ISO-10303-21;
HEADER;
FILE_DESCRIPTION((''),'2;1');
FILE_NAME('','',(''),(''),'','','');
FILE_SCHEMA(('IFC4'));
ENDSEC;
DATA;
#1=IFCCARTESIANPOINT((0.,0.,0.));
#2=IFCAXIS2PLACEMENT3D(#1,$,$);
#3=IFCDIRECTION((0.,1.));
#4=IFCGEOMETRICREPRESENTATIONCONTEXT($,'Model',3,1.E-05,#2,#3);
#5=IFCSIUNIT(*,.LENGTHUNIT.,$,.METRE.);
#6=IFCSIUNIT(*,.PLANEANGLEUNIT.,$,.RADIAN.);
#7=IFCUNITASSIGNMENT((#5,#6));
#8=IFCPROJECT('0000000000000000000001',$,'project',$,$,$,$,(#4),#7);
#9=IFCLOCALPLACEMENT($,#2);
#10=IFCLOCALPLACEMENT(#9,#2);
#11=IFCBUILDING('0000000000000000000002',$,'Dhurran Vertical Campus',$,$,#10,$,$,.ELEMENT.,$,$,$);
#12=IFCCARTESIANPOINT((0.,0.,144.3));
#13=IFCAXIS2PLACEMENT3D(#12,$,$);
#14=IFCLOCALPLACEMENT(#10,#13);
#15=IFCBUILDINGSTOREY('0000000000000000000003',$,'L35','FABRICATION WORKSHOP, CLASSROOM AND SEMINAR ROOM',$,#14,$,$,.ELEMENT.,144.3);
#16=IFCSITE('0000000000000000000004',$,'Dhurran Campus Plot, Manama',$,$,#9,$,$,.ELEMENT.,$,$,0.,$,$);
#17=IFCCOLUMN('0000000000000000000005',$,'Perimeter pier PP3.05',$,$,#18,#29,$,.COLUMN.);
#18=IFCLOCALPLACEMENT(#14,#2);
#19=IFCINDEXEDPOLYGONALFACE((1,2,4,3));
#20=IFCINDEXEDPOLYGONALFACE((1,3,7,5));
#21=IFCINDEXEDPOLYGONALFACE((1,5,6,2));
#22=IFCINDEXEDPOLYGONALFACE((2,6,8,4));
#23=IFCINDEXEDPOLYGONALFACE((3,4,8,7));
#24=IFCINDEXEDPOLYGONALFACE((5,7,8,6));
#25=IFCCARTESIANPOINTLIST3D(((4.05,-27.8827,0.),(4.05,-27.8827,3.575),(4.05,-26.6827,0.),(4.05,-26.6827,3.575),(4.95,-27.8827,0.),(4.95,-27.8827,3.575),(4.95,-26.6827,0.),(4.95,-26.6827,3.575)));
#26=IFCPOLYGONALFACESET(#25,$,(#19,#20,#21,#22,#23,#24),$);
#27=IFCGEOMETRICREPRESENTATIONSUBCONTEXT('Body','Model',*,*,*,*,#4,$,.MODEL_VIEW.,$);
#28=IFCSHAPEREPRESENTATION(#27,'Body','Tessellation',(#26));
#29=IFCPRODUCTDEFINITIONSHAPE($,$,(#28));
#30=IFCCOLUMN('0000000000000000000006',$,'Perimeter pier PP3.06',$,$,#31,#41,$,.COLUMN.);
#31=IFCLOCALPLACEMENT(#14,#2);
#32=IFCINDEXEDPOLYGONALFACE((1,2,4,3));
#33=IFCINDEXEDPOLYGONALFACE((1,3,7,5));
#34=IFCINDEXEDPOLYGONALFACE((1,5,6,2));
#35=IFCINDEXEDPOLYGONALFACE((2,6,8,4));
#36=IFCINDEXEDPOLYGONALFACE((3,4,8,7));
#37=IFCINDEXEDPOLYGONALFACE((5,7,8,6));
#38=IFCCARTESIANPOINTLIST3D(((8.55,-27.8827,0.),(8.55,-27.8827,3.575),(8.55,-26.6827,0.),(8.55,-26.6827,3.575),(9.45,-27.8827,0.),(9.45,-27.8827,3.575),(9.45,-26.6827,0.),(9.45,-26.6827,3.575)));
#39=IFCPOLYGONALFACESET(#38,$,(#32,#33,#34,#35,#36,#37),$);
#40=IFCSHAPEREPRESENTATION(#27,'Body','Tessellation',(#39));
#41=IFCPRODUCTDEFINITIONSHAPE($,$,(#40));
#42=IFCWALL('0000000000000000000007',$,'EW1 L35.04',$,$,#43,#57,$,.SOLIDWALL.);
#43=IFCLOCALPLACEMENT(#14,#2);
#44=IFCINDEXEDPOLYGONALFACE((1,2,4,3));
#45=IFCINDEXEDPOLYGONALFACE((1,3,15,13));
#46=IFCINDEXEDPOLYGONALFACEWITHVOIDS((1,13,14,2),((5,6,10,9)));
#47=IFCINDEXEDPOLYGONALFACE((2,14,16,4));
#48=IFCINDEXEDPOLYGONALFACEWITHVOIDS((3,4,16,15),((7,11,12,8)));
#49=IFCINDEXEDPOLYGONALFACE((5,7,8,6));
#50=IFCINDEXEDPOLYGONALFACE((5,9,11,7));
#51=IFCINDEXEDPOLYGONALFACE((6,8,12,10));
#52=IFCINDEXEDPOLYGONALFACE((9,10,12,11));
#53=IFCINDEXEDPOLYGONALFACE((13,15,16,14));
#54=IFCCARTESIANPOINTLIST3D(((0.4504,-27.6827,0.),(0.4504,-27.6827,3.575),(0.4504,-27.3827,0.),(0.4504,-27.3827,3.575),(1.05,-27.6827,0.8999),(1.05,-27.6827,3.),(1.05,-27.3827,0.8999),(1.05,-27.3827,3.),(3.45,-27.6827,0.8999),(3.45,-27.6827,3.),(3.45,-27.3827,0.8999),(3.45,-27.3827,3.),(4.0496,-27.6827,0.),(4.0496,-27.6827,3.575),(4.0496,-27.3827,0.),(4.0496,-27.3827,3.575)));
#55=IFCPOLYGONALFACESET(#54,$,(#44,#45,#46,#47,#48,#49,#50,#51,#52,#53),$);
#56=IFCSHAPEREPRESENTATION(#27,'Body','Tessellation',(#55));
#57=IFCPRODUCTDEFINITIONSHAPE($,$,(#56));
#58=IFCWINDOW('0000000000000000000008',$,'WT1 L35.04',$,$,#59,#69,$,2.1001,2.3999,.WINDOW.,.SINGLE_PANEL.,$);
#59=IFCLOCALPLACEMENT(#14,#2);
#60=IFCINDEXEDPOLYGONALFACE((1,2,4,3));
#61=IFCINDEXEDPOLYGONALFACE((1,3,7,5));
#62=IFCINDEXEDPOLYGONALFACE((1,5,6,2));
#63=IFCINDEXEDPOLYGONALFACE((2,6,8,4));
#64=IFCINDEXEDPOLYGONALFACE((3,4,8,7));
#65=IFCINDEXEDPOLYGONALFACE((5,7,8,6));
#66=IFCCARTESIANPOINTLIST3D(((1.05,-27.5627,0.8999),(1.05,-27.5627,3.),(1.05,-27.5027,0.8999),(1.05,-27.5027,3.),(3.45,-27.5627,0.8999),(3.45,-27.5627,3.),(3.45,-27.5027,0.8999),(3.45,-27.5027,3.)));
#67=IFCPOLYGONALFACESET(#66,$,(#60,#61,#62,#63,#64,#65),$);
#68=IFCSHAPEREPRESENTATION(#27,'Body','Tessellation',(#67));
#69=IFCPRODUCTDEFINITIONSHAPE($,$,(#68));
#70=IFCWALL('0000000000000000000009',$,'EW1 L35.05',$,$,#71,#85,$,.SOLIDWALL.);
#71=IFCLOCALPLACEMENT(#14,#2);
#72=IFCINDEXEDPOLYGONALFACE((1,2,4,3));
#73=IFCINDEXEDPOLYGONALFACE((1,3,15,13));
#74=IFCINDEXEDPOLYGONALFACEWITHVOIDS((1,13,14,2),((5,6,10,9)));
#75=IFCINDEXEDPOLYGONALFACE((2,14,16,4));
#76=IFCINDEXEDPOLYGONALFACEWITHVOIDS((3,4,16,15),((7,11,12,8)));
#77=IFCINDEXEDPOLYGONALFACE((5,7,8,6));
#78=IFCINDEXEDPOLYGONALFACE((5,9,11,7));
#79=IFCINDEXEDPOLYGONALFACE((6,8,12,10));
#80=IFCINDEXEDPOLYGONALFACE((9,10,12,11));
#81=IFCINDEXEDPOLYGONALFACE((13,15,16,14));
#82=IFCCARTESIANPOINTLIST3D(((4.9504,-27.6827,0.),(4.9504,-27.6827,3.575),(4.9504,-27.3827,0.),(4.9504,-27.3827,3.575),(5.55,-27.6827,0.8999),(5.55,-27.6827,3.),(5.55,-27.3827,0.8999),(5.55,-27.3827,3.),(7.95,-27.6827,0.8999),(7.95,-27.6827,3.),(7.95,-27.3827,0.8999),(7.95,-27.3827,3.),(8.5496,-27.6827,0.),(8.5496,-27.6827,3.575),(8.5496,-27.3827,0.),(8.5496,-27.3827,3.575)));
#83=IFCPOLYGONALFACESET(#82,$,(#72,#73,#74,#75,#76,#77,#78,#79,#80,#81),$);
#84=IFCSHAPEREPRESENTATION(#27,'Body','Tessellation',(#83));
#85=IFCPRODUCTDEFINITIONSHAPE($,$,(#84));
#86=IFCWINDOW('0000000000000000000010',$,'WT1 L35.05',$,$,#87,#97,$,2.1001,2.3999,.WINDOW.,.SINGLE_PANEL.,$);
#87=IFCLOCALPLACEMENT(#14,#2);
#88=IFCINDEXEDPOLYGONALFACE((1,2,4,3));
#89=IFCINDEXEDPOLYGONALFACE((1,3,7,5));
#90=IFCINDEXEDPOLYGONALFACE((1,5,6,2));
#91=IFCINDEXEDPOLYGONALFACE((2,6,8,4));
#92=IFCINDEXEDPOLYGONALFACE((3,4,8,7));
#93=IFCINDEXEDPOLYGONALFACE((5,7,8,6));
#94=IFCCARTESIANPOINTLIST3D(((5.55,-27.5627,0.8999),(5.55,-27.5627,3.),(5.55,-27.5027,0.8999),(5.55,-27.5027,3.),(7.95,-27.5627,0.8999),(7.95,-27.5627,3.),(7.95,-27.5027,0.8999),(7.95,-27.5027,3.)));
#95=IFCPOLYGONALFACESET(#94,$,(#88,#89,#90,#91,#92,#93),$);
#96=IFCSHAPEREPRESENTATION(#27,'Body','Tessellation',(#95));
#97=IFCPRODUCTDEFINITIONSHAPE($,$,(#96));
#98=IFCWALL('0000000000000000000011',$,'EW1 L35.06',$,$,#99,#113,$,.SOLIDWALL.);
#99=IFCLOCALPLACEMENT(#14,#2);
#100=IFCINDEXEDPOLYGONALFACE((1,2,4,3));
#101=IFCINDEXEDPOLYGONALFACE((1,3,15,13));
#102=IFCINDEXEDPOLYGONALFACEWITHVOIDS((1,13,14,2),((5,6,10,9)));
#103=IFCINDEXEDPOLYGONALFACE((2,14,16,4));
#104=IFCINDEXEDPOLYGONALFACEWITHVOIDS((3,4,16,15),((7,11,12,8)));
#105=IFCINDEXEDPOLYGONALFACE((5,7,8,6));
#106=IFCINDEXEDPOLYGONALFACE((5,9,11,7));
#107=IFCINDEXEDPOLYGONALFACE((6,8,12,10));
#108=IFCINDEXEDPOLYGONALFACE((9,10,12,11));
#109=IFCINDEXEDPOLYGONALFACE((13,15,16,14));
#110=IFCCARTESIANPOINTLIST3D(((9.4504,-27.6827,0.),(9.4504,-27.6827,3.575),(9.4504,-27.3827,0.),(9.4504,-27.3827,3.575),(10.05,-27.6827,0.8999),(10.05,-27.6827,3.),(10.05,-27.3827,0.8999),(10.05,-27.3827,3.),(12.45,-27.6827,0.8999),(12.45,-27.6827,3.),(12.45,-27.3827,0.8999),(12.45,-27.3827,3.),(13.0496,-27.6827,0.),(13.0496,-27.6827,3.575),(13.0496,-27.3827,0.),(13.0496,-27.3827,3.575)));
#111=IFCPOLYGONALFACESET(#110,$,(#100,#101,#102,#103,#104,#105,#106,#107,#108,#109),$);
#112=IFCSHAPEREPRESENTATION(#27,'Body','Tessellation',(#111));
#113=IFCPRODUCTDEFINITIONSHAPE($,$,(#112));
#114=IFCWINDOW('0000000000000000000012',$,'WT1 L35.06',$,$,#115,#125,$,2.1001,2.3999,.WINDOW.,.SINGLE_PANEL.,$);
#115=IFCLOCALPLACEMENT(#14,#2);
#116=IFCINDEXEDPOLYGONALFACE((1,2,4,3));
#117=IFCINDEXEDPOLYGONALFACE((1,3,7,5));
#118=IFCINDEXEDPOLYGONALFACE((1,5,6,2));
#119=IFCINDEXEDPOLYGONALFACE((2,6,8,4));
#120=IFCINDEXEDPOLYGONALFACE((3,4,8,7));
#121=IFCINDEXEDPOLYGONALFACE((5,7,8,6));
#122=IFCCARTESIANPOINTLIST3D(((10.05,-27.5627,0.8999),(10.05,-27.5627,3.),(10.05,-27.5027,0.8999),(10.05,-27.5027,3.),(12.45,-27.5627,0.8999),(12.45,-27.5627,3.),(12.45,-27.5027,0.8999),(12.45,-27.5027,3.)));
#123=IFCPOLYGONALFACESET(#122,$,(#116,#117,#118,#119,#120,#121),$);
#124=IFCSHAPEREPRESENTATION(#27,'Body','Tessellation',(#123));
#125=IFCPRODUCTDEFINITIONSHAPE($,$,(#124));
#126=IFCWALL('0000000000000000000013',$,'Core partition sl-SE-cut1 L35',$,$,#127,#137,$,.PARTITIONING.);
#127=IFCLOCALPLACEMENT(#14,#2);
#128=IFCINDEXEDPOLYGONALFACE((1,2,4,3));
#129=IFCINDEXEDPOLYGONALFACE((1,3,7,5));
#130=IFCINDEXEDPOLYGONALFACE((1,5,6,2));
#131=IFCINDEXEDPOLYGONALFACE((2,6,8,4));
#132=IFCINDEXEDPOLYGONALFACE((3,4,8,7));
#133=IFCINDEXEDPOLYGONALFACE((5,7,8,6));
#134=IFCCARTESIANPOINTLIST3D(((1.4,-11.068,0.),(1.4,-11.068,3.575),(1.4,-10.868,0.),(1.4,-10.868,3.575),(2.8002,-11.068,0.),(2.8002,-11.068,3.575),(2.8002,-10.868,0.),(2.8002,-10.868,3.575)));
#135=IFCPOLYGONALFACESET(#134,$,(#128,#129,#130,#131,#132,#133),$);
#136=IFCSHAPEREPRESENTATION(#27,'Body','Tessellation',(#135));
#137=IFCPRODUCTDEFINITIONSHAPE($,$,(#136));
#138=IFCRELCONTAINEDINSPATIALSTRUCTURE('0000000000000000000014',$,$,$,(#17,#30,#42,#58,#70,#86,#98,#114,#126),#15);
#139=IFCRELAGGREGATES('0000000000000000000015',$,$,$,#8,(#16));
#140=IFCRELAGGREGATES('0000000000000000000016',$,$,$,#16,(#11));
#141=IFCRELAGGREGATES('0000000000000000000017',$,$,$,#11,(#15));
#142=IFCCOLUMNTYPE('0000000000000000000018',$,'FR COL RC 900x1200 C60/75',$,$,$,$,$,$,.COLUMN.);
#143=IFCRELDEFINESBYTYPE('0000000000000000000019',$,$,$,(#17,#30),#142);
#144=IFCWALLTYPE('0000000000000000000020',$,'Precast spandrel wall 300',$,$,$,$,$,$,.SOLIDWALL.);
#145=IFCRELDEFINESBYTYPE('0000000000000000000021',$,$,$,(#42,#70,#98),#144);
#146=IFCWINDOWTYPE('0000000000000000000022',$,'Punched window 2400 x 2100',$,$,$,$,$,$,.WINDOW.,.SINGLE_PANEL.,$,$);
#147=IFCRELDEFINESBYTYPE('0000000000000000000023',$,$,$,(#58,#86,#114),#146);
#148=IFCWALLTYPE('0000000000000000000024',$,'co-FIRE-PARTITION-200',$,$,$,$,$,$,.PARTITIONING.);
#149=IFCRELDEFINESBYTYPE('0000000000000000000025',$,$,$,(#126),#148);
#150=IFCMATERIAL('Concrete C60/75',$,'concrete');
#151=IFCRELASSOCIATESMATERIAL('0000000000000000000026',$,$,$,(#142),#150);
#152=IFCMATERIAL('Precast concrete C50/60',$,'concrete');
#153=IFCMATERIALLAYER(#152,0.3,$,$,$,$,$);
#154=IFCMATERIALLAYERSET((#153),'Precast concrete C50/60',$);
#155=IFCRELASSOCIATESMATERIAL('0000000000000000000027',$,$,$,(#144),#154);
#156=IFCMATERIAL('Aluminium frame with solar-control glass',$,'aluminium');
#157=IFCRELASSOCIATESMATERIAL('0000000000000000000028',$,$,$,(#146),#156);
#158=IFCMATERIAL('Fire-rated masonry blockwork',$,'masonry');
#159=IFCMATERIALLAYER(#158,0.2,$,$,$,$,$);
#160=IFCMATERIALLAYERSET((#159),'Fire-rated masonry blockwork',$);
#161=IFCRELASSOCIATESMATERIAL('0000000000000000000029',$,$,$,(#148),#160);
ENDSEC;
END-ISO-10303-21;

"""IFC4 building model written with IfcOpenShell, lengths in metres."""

from ifc_helpers import new_model, si_unit, direction, frame, frame_2d, origin, origin_2d, place, context, subcontext, project, spatial, rectangle, extrude, material, layer, layer_set, material_profile, profile_set, type_object, element, fill, save


model = new_model("IFC4")

# Units and contexts
model_context = context("Model", 3, precision=1e-05, world=origin(), true_north=direction((0.0, 1.0)))
body_context = subcontext(model_context, "Body", "Model", "MODEL_VIEW")
ifc_project = project(units=[si_unit("LENGTHUNIT", "METRE"), si_unit("PLANEANGLEUNIT", "RADIAN")], contexts=[model_context])

# Site, building, storey
site_placement = place(None, origin())
site = spatial("IfcSite", under=ifc_project, at=site_placement, Name="Dhurran Campus Plot, Manama", CompositionType="ELEMENT", RefElevation=0.0)
building_placement = place(site_placement, origin())
building = spatial("IfcBuilding", under=site, at=building_placement, Name="Dhurran Vertical Campus", CompositionType="ELEMENT")
storey_placement = place(building_placement, frame((0.0, 0.0, 144.3)))
storey = spatial("IfcBuildingStorey", under=building, at=storey_placement, Name="L35", Description="FABRICATION WORKSHOP, CLASSROOM AND SEMINAR ROOM", CompositionType="ELEMENT", Elevation=144.3)

# Columns
ifc_material_1 = material(Name="Concrete C60/75", Category="concrete")
ifc_material_profile = material_profile(ifc_material_1, rectangle(XDim=0.8999, YDim=1.2, at=origin_2d()), Name="RC 900x1200")
ifc_profile_set = profile_set([ifc_material_profile], Name="Concrete C60/75")
column_type = type_object("IfcColumnType", Name="FR COL RC 900x1200 C60/75", PredefinedType="COLUMN", material=ifc_profile_set)
for number, where, z_axis, x_axis, name in (
    (1, (4.5, -27.2827, 0.0), (0.0, 0.0, 1.0), (1.0, 0.0, 0.0), "Perimeter pier PP3.05"),
    (2, (9.0, -27.2827, 0.0), (0.0, 0.0, 1.0), (1.0, 0.0, 0.0), "Perimeter pier PP3.06"),
):
    element("IfcColumn", number, at=place(storey_placement, frame(where, z_axis=z_axis, x_axis=x_axis)), inside=storey, type_object=column_type, Name=name, PredefinedType="COLUMN", context=body_context, shape_type="SweptSolid", body=[
        extrude(rectangle(XDim=0.8999, YDim=1.2, at=origin_2d()), origin(), (0.0, 0.0, 1.0), 3.575),
    ])

# Walls, openings, windows
ifc_material_2 = material(Name="Precast concrete C50/60", Category="concrete")
ifc_layer_1 = layer(ifc_material_2, 0.3)
ifc_layer_set_1 = layer_set([ifc_layer_1], Name="Precast concrete C50/60")
wall_type_1 = type_object("IfcWallType", Name="Precast spandrel wall 300", PredefinedType="SOLIDWALL", material=ifc_layer_set_1)
wall_1_placement = place(storey_placement, frame((0.4504, -27.5327, 0.0), z_axis=(0.0, 0.0, 1.0), x_axis=(1.0, 0.0, 0.0)))
wall_1 = element("IfcWall", 3, at=wall_1_placement, inside=storey, type_object=wall_type_1, Name="EW1 L35.04", PredefinedType="SOLIDWALL", context=body_context, shape_type="SweptSolid", body=[
    extrude(rectangle(XDim=3.5991, YDim=0.3, at=frame_2d((1.7996, 0.0))), origin(), (0.0, 0.0, 1.0), 3.575),
])
opening_1_placement = place(wall_1_placement, frame((0.5996, 0.0, 0.8999)))
opening_1 = element("IfcOpeningElement", 4, at=opening_1_placement, cuts=wall_1, PredefinedType="OPENING", context=body_context, shape_type="SweptSolid", body=[
    extrude(rectangle(XDim=2.3999, YDim=2.1001, at=frame_2d((1.2, 1.05))), frame((0.0, 0.1599, 0.0), z_axis=(0.0, -1.0, 0.0), x_axis=(1.0, 0.0, 0.0)), (0.0, 0.0, 1.0), 0.3201),
])
ifc_material_3 = material(Name="Aluminium frame with solar-control glass", Category="aluminium")
window_type = type_object("IfcWindowType", Name="Punched window 2400 x 2100", PartitioningType="SINGLE_PANEL", PredefinedType="WINDOW", material=ifc_material_3)
window_1_placement = place(opening_1_placement, origin())
window_1 = element("IfcWindow", 5, at=window_1_placement, inside=storey, type_object=window_type, Name="WT1 L35.04", OverallHeight=2.1001, OverallWidth=2.3999, PartitioningType="SINGLE_PANEL", PredefinedType="WINDOW", context=body_context, shape_type="SweptSolid", body=[
    extrude(rectangle(XDim=2.3999, YDim=2.1001, at=frame_2d((1.2, 1.05))), frame((0.0, 0.03, 0.0), z_axis=(0.0, -1.0, 0.0), x_axis=(1.0, 0.0, 0.0)), (0.0, 0.0, 1.0), 0.0601),
])
fill(opening_1, window_1)
wall_2_placement = place(storey_placement, frame((4.9504, -27.5327, 0.0), z_axis=(0.0, 0.0, 1.0), x_axis=(1.0, 0.0, 0.0)))
wall_2 = element("IfcWall", 6, at=wall_2_placement, inside=storey, type_object=wall_type_1, Name="EW1 L35.05", PredefinedType="SOLIDWALL", context=body_context, shape_type="SweptSolid", body=[
    extrude(rectangle(XDim=3.5991, YDim=0.3, at=frame_2d((1.7996, 0.0))), origin(), (0.0, 0.0, 1.0), 3.575),
])
opening_2_placement = place(wall_2_placement, frame((0.5996, 0.0, 0.8999)))
opening_2 = element("IfcOpeningElement", 7, at=opening_2_placement, cuts=wall_2, PredefinedType="OPENING", context=body_context, shape_type="SweptSolid", body=[
    extrude(rectangle(XDim=2.3999, YDim=2.1001, at=frame_2d((1.2, 1.05))), frame((0.0, 0.1599, 0.0), z_axis=(0.0, -1.0, 0.0), x_axis=(1.0, 0.0, 0.0)), (0.0, 0.0, 1.0), 0.3201),
])
window_2_placement = place(opening_2_placement, origin())
window_2 = element("IfcWindow", 8, at=window_2_placement, inside=storey, type_object=window_type, Name="WT1 L35.05", OverallHeight=2.1001, OverallWidth=2.3999, PartitioningType="SINGLE_PANEL", PredefinedType="WINDOW", context=body_context, shape_type="SweptSolid", body=[
    extrude(rectangle(XDim=2.3999, YDim=2.1001, at=frame_2d((1.2, 1.05))), frame((0.0, 0.03, 0.0), z_axis=(0.0, -1.0, 0.0), x_axis=(1.0, 0.0, 0.0)), (0.0, 0.0, 1.0), 0.0601),
])
fill(opening_2, window_2)
wall_3_placement = place(storey_placement, frame((9.4504, -27.5327, 0.0), z_axis=(0.0, 0.0, 1.0), x_axis=(1.0, 0.0, 0.0)))
wall_3 = element("IfcWall", 9, at=wall_3_placement, inside=storey, type_object=wall_type_1, Name="EW1 L35.06", PredefinedType="SOLIDWALL", context=body_context, shape_type="SweptSolid", body=[
    extrude(rectangle(XDim=3.5991, YDim=0.3, at=frame_2d((1.7996, 0.0))), origin(), (0.0, 0.0, 1.0), 3.575),
])
opening_3_placement = place(wall_3_placement, frame((0.5996, 0.0, 0.8999)))
opening_3 = element("IfcOpeningElement", 10, at=opening_3_placement, cuts=wall_3, PredefinedType="OPENING", context=body_context, shape_type="SweptSolid", body=[
    extrude(rectangle(XDim=2.3999, YDim=2.1001, at=frame_2d((1.2, 1.05))), frame((0.0, 0.1599, 0.0), z_axis=(0.0, -1.0, 0.0), x_axis=(1.0, 0.0, 0.0)), (0.0, 0.0, 1.0), 0.3201),
])
window_3_placement = place(opening_3_placement, origin())
window_3 = element("IfcWindow", 11, at=window_3_placement, inside=storey, type_object=window_type, Name="WT1 L35.06", OverallHeight=2.1001, OverallWidth=2.3999, PartitioningType="SINGLE_PANEL", PredefinedType="WINDOW", context=body_context, shape_type="SweptSolid", body=[
    extrude(rectangle(XDim=2.3999, YDim=2.1001, at=frame_2d((1.2, 1.05))), frame((0.0, 0.03, 0.0), z_axis=(0.0, -1.0, 0.0), x_axis=(1.0, 0.0, 0.0)), (0.0, 0.0, 1.0), 0.0601),
])
fill(opening_3, window_3)

# Wall
ifc_material_4 = material(Name="Fire-rated masonry blockwork", Category="masonry")
ifc_layer_2 = layer(ifc_material_4, 0.2)
ifc_layer_set_2 = layer_set([ifc_layer_2], Name="Fire-rated masonry blockwork")
wall_type_2 = type_object("IfcWallType", Name="co-FIRE-PARTITION-200", PredefinedType="PARTITIONING", material=ifc_layer_set_2)
wall_4_placement = place(storey_placement, frame((1.3999, -10.968, 0.0), z_axis=(0.0, 0.0, 1.0), x_axis=(1.0, 0.0, 0.0)))
element("IfcWall", 12, at=wall_4_placement, inside=storey, type_object=wall_type_2, Name="Core partition sl-SE-cut1 L35", PredefinedType="PARTITIONING", context=body_context, shape_type="SweptSolid", body=[
    extrude(rectangle(XDim=1.4001, YDim=0.2, at=frame_2d((0.7002, 0.0))), origin(), (0.0, 0.0, 1.0), 3.575),
])

save(model, "model.ifc")
